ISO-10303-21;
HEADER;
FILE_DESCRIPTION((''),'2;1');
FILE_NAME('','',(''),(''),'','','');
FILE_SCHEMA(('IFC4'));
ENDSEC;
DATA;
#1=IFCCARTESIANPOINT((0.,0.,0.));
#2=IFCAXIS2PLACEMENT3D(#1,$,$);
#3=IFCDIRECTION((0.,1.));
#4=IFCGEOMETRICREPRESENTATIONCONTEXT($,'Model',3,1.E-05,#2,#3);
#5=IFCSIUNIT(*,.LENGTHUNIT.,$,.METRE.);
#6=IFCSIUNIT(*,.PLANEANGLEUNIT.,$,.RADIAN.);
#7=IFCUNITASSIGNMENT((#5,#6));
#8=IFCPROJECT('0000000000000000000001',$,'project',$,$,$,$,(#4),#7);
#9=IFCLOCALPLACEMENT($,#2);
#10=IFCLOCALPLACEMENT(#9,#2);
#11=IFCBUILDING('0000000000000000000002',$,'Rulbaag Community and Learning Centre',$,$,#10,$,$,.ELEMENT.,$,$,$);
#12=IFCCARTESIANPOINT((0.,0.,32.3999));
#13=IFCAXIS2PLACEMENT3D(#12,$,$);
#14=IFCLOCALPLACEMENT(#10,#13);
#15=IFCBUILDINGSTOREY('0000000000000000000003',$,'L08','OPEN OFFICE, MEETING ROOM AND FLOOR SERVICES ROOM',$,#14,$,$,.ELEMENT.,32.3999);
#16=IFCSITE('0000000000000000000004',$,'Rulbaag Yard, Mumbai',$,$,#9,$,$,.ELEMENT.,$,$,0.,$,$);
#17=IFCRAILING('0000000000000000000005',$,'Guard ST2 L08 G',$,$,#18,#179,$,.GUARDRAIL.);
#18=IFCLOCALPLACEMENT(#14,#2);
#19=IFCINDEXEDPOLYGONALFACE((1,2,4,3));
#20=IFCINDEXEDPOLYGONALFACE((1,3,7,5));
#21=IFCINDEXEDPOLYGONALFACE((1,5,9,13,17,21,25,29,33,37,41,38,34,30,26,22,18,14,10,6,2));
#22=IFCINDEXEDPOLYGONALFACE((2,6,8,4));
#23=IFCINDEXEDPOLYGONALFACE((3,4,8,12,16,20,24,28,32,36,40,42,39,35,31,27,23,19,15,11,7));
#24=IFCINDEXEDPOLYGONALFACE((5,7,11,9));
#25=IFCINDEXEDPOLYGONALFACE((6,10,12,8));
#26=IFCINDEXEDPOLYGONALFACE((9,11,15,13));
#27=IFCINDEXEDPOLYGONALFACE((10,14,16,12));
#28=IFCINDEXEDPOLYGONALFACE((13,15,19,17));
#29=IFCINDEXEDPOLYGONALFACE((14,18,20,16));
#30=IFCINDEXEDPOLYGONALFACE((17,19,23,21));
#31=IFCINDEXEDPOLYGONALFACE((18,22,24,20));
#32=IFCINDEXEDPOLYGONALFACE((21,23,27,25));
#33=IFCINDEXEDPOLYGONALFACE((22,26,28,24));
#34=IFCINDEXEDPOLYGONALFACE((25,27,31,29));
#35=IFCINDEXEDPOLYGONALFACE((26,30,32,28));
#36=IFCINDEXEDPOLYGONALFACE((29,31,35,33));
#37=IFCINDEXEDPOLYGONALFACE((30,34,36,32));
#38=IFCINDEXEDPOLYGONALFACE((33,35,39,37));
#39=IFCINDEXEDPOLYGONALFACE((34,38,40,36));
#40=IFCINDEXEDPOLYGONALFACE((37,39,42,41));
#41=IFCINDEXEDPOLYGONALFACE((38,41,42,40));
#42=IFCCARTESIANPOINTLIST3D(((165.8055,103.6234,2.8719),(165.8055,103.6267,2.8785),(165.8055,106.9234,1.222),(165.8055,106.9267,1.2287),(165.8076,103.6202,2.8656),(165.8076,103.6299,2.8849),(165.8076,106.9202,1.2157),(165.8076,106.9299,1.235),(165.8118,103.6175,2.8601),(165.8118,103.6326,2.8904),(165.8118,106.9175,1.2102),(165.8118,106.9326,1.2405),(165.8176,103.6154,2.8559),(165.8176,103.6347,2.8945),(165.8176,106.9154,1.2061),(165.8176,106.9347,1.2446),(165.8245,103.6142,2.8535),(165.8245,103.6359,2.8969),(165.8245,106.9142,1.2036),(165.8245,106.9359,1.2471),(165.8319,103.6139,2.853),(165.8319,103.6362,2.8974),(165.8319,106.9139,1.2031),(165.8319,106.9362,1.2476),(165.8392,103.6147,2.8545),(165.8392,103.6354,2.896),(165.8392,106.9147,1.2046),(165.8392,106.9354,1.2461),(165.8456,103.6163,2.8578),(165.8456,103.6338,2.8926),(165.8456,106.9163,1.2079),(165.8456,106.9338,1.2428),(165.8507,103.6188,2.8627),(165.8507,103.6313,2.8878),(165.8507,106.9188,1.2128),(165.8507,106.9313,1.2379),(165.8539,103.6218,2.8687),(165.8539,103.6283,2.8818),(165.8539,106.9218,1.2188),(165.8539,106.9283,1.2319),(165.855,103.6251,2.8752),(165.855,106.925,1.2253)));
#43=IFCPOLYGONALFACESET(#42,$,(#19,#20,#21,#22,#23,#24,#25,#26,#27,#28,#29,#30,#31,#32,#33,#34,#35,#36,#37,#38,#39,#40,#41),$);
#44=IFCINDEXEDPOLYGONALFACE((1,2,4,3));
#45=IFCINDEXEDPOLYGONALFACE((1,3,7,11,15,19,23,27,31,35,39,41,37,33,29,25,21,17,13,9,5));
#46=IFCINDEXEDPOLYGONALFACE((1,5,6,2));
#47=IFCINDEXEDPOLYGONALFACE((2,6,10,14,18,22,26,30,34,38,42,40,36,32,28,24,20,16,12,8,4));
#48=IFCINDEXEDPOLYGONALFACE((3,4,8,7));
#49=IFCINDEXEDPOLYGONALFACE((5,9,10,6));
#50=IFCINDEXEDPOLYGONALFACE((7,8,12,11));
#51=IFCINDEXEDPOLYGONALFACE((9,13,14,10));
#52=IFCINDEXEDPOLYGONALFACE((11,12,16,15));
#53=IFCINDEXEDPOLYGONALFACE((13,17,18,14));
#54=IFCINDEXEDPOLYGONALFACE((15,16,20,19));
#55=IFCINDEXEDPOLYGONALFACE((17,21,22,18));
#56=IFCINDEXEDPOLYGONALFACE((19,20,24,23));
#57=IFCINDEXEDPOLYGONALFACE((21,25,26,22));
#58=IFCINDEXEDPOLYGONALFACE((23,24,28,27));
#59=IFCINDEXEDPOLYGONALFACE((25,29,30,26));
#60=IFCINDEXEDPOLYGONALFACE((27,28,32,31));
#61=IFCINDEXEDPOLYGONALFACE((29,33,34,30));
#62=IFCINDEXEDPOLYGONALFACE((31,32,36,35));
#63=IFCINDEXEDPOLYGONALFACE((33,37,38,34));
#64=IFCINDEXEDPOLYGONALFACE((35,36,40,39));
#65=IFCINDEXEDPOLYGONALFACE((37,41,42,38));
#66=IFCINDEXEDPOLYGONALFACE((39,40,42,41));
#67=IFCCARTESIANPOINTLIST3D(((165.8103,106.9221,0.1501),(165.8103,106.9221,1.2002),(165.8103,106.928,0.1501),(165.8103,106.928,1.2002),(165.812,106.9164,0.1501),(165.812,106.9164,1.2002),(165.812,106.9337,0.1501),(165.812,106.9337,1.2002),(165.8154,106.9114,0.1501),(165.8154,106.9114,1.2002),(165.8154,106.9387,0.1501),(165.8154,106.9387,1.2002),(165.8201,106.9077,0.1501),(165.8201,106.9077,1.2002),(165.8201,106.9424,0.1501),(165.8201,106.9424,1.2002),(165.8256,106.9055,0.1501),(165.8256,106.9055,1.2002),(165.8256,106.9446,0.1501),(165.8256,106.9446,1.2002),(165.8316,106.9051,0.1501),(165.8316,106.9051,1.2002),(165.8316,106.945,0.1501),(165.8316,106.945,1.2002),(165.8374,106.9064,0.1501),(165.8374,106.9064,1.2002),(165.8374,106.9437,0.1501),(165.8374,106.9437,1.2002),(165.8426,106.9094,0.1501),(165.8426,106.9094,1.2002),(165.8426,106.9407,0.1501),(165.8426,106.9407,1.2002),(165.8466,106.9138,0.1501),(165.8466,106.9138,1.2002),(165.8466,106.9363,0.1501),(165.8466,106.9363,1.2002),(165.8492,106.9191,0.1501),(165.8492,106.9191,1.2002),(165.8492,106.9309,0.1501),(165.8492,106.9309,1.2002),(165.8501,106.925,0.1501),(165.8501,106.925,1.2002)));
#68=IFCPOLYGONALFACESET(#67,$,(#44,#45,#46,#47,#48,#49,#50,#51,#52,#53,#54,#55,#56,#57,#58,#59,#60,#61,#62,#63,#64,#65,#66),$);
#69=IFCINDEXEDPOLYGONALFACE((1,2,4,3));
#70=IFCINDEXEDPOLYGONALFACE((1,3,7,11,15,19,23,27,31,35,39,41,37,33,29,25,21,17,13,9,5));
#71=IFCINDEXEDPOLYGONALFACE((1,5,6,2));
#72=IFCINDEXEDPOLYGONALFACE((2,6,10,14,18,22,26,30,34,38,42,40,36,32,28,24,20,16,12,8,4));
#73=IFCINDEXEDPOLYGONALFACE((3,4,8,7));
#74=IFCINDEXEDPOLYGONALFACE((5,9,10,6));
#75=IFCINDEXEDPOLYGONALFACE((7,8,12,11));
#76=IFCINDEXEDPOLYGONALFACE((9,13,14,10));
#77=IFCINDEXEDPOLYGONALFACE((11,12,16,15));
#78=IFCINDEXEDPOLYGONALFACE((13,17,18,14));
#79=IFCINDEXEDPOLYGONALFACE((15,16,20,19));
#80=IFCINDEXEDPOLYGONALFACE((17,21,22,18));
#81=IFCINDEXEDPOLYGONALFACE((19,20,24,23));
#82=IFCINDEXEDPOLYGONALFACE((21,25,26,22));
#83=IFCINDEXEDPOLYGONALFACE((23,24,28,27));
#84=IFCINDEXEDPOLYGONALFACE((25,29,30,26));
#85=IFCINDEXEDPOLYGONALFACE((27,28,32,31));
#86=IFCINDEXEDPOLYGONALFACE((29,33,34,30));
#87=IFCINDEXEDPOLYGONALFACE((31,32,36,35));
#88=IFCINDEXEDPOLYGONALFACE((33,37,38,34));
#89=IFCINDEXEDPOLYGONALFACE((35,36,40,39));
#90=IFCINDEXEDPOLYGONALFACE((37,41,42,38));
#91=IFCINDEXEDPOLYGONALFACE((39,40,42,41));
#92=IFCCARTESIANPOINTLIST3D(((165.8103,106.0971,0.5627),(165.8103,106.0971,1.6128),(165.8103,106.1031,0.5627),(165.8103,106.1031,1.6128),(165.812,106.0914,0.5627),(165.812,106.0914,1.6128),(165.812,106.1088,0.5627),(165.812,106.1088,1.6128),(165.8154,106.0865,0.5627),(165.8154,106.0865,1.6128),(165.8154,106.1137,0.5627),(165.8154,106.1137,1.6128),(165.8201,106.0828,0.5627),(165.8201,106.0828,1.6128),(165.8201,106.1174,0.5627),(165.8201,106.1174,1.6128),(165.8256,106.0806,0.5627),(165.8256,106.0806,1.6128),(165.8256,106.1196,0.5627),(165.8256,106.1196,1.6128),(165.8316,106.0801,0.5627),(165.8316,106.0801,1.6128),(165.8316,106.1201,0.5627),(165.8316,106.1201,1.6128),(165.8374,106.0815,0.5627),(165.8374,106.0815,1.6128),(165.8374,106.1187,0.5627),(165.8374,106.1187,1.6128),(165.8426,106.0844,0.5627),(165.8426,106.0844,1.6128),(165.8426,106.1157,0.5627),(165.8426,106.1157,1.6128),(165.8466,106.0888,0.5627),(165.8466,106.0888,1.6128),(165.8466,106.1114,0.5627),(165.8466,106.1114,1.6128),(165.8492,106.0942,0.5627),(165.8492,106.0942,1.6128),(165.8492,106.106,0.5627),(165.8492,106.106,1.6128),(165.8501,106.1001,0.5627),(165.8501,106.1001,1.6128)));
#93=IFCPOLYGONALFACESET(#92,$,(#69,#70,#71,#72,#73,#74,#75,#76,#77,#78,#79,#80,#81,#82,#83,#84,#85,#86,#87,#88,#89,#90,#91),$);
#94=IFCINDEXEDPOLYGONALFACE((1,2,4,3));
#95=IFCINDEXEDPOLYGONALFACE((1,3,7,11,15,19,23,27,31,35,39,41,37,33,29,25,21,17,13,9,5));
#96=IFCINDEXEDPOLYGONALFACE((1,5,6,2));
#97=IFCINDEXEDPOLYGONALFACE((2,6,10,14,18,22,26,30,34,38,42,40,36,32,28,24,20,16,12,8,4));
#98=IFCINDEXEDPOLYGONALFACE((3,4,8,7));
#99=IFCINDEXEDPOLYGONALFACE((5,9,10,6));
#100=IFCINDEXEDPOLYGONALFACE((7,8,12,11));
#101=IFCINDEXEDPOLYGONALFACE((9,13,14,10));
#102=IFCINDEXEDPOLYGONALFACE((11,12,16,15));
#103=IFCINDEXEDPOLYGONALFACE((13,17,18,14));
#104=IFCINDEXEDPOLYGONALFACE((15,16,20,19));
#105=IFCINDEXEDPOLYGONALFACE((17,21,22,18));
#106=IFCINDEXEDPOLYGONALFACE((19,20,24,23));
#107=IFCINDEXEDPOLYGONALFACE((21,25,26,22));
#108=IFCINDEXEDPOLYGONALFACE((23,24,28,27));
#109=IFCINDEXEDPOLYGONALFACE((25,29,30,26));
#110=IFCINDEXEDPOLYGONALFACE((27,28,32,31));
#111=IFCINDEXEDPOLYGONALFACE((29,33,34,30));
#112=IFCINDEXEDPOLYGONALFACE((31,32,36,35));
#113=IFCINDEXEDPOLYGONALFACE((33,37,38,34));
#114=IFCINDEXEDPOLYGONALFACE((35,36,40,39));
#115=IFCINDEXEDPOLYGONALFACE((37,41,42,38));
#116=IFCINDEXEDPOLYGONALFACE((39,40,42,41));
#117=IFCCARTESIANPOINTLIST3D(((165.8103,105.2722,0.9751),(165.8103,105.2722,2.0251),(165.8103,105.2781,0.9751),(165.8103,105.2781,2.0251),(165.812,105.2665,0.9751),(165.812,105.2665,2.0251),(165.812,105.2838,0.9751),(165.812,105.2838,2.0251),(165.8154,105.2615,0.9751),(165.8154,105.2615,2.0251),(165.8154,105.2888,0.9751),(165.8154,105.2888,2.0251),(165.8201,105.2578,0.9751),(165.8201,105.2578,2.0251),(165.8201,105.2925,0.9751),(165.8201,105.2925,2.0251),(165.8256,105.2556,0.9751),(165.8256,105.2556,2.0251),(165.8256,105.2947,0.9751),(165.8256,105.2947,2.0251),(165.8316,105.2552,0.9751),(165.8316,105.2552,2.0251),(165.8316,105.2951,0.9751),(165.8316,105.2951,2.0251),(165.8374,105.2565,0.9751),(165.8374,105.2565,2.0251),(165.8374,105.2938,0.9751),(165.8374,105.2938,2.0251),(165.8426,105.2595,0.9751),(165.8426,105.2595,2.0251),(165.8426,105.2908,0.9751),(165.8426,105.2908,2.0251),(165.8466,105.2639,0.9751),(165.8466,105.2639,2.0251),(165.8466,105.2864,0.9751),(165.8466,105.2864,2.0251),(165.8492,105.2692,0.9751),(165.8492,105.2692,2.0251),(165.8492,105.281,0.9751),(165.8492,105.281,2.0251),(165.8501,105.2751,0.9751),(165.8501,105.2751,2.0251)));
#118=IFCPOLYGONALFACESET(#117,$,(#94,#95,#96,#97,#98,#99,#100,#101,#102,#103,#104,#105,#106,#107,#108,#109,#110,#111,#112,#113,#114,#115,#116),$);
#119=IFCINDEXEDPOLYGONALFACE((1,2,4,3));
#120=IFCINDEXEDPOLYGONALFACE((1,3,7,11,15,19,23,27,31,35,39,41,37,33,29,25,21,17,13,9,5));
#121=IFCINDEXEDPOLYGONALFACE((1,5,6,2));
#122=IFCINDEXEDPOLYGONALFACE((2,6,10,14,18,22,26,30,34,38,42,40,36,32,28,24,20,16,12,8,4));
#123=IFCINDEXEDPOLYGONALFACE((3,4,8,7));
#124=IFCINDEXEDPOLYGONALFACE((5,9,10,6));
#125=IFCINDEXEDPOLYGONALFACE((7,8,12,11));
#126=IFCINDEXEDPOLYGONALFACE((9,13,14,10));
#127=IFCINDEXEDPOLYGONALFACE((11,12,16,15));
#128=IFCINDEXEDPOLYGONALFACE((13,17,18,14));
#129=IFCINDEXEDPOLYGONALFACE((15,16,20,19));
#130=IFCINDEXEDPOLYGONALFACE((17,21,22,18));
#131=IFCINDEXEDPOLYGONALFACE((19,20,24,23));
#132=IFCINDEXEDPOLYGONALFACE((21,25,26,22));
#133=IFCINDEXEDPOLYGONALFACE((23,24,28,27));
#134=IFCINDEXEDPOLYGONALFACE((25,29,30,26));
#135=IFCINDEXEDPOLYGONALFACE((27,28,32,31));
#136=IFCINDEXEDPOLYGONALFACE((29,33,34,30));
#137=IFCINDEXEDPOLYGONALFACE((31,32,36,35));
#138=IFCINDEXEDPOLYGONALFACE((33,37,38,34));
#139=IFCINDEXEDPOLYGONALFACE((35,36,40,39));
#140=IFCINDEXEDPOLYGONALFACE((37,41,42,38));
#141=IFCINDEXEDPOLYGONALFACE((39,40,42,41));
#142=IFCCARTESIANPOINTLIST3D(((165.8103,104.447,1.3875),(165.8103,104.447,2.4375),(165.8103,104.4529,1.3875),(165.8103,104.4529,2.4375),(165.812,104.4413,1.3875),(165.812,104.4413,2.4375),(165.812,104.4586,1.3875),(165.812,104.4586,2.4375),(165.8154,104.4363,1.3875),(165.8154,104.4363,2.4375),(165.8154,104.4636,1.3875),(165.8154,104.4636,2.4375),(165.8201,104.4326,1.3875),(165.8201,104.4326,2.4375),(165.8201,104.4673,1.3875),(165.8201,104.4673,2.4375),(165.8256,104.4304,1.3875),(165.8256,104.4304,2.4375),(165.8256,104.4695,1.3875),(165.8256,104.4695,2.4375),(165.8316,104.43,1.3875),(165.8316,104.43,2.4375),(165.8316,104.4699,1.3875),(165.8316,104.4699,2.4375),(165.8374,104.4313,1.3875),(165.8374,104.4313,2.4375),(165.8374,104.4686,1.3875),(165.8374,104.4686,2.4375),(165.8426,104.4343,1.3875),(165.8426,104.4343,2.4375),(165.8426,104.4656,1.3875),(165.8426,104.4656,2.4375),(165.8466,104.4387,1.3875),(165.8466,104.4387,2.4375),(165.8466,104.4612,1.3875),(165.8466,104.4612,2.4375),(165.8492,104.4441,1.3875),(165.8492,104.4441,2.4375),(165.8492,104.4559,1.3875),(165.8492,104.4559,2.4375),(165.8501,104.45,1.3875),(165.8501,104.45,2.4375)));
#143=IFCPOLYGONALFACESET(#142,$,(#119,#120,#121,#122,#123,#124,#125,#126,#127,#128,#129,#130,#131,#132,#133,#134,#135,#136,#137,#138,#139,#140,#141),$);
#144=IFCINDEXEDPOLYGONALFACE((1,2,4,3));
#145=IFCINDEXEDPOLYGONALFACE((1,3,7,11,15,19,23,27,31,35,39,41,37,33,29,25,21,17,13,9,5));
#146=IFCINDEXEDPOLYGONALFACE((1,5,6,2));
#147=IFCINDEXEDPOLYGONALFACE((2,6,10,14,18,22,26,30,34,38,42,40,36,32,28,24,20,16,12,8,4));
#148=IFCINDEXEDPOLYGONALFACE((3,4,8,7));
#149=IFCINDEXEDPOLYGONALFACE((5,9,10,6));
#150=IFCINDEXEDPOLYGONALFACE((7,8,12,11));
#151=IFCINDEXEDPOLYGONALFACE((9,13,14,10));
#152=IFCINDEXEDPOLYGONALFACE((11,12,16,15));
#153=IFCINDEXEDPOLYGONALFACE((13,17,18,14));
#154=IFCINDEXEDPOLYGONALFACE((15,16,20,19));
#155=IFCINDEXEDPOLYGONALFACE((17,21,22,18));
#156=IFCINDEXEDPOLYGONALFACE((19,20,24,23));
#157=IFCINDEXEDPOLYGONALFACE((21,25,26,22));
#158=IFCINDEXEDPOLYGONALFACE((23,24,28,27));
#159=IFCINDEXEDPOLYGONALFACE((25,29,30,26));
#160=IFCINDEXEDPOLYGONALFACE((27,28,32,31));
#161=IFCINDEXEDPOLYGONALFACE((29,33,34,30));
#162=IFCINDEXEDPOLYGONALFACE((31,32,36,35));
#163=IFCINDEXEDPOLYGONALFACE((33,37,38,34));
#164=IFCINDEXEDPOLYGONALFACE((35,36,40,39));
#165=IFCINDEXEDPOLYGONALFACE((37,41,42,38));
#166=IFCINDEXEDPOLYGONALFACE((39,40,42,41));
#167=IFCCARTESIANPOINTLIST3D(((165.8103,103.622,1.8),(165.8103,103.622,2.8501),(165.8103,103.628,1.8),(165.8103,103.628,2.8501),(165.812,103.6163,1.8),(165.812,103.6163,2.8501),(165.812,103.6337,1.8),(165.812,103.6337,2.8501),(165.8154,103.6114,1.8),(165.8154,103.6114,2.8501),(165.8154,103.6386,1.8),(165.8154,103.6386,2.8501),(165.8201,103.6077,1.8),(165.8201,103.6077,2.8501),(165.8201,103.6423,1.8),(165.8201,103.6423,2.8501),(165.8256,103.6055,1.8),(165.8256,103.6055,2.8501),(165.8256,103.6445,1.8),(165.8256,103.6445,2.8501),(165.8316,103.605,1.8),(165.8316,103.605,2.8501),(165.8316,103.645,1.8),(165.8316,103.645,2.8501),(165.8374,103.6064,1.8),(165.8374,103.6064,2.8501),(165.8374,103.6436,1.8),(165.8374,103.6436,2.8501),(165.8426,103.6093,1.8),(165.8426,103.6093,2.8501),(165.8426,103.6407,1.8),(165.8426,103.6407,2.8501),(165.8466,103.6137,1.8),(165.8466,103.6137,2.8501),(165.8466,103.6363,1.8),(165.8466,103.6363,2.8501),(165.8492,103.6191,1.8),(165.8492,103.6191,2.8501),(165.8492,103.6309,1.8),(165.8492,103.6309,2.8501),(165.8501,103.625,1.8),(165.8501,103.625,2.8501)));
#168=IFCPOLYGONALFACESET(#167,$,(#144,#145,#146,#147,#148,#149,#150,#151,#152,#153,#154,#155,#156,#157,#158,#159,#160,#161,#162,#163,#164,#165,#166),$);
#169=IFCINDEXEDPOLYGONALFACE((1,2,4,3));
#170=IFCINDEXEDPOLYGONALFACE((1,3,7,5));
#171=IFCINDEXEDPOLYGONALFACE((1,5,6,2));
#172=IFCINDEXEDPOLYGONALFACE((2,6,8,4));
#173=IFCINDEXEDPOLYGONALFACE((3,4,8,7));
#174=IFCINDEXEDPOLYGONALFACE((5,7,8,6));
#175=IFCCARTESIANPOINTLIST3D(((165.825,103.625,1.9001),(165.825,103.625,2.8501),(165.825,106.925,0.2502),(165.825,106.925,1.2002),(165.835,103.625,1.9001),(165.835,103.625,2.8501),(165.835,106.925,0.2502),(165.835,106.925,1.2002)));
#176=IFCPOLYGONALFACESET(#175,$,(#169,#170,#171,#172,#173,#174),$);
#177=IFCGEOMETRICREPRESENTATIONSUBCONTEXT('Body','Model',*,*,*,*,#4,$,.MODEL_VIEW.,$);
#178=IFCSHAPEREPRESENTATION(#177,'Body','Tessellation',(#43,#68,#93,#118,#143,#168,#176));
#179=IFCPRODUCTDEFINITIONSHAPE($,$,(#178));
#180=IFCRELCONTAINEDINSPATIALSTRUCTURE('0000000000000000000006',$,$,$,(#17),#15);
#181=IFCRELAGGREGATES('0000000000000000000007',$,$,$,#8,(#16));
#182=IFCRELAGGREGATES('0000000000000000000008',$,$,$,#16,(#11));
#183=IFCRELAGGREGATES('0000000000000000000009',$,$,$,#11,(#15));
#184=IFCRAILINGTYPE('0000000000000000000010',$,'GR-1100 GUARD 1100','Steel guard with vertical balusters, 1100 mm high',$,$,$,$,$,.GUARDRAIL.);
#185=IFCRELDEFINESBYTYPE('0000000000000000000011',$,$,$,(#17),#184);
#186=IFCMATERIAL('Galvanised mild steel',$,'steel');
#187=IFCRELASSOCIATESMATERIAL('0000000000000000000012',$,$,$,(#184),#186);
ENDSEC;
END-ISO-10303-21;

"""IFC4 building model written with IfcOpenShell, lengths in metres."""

from ifc_helpers import new_model, si_unit, direction, frame, origin, origin_2d, place, context, subcontext, project, spatial, polyline, circle, outline, extrude, material, type_object, element, save


model = new_model("IFC4")

# Units and contexts
model_context = context("Model", 3, precision=1e-05, world=origin(), true_north=direction((0.0, 1.0)))
body_context = subcontext(model_context, "Body", "Model", "MODEL_VIEW")
ifc_project = project(units=[si_unit("LENGTHUNIT", "METRE"), si_unit("PLANEANGLEUNIT", "RADIAN")], contexts=[model_context])

# Site, building, storey
site_placement = place(None, origin())
site = spatial("IfcSite", under=ifc_project, at=site_placement, Name="Rulbaag Yard, Mumbai", CompositionType="ELEMENT", RefElevation=0.0)
building_placement = place(site_placement, origin())
building = spatial("IfcBuilding", under=site, at=building_placement, Name="Rulbaag Community and Learning Centre", CompositionType="ELEMENT")
storey_placement = place(building_placement, frame((0.0, 0.0, 32.3999)))
storey = spatial("IfcBuildingStorey", under=building, at=storey_placement, Name="L08", Description="OPEN OFFICE, MEETING ROOM AND FLOOR SERVICES ROOM", CompositionType="ELEMENT", Elevation=32.3999)

# Railing
ifc_material_1 = material(Name="Galvanised mild steel", Category="steel")
railing_type_1 = type_object("IfcRailingType", Name="GR-1100 GUARD 1100", Description="Steel guard with vertical balusters, 1100 mm high", PredefinedType="GUARDRAIL", material=ifc_material_1)
railing_1_placement = place(storey_placement, frame((165.8301, 106.925, 0.1501)))
element("IfcRailing", 1, at=railing_1_placement, inside=storey, type_object=railing_type_1, Name="Guard ST2 L08 G", PredefinedType="GUARDRAIL", context=body_context, shape_type="SweptSolid", body=[
    extrude(circle(Radius=0.0249, at=origin_2d()), frame((0.0, 0.0, 1.0752), z_axis=(0.0, -0.89444, 0.447187), x_axis=(1.0, 0.0, 0.0)), (0.0, 0.0, 1.0), 3.6895),
    extrude(circle(Radius=0.02, at=origin_2d()), origin(), (0.0, 0.0, 1.0), 1.05),
    extrude(circle(Radius=0.02, at=origin_2d()), frame((0.0, -0.825, 0.4126)), (0.0, 0.0, 1.0), 1.05),
    extrude(circle(Radius=0.02, at=origin_2d()), frame((0.0, -1.6499, 0.825)), (0.0, 0.0, 1.0), 1.05),
    extrude(circle(Radius=0.02, at=origin_2d()), frame((0.0, -2.4751, 1.2373)), (0.0, 0.0, 1.0), 1.05),
    extrude(circle(Radius=0.02, at=origin_2d()), frame((0.0, -3.3, 1.6499)), (0.0, 0.0, 1.0), 1.05),
    extrude(outline(polyline([(0.0, 0.0), (3.3, 1.6499), (3.3, 2.5999), (0.0, 0.95), (0.0, 0.0)])), frame((0.0049, 0.0, 0.1001), z_axis=(-1.0, 0.0, 0.0), x_axis=(0.0, -1.0, 0.0)), (0.0, 0.0, 1.0), 0.01),
])

save(model, "model.ifc")
